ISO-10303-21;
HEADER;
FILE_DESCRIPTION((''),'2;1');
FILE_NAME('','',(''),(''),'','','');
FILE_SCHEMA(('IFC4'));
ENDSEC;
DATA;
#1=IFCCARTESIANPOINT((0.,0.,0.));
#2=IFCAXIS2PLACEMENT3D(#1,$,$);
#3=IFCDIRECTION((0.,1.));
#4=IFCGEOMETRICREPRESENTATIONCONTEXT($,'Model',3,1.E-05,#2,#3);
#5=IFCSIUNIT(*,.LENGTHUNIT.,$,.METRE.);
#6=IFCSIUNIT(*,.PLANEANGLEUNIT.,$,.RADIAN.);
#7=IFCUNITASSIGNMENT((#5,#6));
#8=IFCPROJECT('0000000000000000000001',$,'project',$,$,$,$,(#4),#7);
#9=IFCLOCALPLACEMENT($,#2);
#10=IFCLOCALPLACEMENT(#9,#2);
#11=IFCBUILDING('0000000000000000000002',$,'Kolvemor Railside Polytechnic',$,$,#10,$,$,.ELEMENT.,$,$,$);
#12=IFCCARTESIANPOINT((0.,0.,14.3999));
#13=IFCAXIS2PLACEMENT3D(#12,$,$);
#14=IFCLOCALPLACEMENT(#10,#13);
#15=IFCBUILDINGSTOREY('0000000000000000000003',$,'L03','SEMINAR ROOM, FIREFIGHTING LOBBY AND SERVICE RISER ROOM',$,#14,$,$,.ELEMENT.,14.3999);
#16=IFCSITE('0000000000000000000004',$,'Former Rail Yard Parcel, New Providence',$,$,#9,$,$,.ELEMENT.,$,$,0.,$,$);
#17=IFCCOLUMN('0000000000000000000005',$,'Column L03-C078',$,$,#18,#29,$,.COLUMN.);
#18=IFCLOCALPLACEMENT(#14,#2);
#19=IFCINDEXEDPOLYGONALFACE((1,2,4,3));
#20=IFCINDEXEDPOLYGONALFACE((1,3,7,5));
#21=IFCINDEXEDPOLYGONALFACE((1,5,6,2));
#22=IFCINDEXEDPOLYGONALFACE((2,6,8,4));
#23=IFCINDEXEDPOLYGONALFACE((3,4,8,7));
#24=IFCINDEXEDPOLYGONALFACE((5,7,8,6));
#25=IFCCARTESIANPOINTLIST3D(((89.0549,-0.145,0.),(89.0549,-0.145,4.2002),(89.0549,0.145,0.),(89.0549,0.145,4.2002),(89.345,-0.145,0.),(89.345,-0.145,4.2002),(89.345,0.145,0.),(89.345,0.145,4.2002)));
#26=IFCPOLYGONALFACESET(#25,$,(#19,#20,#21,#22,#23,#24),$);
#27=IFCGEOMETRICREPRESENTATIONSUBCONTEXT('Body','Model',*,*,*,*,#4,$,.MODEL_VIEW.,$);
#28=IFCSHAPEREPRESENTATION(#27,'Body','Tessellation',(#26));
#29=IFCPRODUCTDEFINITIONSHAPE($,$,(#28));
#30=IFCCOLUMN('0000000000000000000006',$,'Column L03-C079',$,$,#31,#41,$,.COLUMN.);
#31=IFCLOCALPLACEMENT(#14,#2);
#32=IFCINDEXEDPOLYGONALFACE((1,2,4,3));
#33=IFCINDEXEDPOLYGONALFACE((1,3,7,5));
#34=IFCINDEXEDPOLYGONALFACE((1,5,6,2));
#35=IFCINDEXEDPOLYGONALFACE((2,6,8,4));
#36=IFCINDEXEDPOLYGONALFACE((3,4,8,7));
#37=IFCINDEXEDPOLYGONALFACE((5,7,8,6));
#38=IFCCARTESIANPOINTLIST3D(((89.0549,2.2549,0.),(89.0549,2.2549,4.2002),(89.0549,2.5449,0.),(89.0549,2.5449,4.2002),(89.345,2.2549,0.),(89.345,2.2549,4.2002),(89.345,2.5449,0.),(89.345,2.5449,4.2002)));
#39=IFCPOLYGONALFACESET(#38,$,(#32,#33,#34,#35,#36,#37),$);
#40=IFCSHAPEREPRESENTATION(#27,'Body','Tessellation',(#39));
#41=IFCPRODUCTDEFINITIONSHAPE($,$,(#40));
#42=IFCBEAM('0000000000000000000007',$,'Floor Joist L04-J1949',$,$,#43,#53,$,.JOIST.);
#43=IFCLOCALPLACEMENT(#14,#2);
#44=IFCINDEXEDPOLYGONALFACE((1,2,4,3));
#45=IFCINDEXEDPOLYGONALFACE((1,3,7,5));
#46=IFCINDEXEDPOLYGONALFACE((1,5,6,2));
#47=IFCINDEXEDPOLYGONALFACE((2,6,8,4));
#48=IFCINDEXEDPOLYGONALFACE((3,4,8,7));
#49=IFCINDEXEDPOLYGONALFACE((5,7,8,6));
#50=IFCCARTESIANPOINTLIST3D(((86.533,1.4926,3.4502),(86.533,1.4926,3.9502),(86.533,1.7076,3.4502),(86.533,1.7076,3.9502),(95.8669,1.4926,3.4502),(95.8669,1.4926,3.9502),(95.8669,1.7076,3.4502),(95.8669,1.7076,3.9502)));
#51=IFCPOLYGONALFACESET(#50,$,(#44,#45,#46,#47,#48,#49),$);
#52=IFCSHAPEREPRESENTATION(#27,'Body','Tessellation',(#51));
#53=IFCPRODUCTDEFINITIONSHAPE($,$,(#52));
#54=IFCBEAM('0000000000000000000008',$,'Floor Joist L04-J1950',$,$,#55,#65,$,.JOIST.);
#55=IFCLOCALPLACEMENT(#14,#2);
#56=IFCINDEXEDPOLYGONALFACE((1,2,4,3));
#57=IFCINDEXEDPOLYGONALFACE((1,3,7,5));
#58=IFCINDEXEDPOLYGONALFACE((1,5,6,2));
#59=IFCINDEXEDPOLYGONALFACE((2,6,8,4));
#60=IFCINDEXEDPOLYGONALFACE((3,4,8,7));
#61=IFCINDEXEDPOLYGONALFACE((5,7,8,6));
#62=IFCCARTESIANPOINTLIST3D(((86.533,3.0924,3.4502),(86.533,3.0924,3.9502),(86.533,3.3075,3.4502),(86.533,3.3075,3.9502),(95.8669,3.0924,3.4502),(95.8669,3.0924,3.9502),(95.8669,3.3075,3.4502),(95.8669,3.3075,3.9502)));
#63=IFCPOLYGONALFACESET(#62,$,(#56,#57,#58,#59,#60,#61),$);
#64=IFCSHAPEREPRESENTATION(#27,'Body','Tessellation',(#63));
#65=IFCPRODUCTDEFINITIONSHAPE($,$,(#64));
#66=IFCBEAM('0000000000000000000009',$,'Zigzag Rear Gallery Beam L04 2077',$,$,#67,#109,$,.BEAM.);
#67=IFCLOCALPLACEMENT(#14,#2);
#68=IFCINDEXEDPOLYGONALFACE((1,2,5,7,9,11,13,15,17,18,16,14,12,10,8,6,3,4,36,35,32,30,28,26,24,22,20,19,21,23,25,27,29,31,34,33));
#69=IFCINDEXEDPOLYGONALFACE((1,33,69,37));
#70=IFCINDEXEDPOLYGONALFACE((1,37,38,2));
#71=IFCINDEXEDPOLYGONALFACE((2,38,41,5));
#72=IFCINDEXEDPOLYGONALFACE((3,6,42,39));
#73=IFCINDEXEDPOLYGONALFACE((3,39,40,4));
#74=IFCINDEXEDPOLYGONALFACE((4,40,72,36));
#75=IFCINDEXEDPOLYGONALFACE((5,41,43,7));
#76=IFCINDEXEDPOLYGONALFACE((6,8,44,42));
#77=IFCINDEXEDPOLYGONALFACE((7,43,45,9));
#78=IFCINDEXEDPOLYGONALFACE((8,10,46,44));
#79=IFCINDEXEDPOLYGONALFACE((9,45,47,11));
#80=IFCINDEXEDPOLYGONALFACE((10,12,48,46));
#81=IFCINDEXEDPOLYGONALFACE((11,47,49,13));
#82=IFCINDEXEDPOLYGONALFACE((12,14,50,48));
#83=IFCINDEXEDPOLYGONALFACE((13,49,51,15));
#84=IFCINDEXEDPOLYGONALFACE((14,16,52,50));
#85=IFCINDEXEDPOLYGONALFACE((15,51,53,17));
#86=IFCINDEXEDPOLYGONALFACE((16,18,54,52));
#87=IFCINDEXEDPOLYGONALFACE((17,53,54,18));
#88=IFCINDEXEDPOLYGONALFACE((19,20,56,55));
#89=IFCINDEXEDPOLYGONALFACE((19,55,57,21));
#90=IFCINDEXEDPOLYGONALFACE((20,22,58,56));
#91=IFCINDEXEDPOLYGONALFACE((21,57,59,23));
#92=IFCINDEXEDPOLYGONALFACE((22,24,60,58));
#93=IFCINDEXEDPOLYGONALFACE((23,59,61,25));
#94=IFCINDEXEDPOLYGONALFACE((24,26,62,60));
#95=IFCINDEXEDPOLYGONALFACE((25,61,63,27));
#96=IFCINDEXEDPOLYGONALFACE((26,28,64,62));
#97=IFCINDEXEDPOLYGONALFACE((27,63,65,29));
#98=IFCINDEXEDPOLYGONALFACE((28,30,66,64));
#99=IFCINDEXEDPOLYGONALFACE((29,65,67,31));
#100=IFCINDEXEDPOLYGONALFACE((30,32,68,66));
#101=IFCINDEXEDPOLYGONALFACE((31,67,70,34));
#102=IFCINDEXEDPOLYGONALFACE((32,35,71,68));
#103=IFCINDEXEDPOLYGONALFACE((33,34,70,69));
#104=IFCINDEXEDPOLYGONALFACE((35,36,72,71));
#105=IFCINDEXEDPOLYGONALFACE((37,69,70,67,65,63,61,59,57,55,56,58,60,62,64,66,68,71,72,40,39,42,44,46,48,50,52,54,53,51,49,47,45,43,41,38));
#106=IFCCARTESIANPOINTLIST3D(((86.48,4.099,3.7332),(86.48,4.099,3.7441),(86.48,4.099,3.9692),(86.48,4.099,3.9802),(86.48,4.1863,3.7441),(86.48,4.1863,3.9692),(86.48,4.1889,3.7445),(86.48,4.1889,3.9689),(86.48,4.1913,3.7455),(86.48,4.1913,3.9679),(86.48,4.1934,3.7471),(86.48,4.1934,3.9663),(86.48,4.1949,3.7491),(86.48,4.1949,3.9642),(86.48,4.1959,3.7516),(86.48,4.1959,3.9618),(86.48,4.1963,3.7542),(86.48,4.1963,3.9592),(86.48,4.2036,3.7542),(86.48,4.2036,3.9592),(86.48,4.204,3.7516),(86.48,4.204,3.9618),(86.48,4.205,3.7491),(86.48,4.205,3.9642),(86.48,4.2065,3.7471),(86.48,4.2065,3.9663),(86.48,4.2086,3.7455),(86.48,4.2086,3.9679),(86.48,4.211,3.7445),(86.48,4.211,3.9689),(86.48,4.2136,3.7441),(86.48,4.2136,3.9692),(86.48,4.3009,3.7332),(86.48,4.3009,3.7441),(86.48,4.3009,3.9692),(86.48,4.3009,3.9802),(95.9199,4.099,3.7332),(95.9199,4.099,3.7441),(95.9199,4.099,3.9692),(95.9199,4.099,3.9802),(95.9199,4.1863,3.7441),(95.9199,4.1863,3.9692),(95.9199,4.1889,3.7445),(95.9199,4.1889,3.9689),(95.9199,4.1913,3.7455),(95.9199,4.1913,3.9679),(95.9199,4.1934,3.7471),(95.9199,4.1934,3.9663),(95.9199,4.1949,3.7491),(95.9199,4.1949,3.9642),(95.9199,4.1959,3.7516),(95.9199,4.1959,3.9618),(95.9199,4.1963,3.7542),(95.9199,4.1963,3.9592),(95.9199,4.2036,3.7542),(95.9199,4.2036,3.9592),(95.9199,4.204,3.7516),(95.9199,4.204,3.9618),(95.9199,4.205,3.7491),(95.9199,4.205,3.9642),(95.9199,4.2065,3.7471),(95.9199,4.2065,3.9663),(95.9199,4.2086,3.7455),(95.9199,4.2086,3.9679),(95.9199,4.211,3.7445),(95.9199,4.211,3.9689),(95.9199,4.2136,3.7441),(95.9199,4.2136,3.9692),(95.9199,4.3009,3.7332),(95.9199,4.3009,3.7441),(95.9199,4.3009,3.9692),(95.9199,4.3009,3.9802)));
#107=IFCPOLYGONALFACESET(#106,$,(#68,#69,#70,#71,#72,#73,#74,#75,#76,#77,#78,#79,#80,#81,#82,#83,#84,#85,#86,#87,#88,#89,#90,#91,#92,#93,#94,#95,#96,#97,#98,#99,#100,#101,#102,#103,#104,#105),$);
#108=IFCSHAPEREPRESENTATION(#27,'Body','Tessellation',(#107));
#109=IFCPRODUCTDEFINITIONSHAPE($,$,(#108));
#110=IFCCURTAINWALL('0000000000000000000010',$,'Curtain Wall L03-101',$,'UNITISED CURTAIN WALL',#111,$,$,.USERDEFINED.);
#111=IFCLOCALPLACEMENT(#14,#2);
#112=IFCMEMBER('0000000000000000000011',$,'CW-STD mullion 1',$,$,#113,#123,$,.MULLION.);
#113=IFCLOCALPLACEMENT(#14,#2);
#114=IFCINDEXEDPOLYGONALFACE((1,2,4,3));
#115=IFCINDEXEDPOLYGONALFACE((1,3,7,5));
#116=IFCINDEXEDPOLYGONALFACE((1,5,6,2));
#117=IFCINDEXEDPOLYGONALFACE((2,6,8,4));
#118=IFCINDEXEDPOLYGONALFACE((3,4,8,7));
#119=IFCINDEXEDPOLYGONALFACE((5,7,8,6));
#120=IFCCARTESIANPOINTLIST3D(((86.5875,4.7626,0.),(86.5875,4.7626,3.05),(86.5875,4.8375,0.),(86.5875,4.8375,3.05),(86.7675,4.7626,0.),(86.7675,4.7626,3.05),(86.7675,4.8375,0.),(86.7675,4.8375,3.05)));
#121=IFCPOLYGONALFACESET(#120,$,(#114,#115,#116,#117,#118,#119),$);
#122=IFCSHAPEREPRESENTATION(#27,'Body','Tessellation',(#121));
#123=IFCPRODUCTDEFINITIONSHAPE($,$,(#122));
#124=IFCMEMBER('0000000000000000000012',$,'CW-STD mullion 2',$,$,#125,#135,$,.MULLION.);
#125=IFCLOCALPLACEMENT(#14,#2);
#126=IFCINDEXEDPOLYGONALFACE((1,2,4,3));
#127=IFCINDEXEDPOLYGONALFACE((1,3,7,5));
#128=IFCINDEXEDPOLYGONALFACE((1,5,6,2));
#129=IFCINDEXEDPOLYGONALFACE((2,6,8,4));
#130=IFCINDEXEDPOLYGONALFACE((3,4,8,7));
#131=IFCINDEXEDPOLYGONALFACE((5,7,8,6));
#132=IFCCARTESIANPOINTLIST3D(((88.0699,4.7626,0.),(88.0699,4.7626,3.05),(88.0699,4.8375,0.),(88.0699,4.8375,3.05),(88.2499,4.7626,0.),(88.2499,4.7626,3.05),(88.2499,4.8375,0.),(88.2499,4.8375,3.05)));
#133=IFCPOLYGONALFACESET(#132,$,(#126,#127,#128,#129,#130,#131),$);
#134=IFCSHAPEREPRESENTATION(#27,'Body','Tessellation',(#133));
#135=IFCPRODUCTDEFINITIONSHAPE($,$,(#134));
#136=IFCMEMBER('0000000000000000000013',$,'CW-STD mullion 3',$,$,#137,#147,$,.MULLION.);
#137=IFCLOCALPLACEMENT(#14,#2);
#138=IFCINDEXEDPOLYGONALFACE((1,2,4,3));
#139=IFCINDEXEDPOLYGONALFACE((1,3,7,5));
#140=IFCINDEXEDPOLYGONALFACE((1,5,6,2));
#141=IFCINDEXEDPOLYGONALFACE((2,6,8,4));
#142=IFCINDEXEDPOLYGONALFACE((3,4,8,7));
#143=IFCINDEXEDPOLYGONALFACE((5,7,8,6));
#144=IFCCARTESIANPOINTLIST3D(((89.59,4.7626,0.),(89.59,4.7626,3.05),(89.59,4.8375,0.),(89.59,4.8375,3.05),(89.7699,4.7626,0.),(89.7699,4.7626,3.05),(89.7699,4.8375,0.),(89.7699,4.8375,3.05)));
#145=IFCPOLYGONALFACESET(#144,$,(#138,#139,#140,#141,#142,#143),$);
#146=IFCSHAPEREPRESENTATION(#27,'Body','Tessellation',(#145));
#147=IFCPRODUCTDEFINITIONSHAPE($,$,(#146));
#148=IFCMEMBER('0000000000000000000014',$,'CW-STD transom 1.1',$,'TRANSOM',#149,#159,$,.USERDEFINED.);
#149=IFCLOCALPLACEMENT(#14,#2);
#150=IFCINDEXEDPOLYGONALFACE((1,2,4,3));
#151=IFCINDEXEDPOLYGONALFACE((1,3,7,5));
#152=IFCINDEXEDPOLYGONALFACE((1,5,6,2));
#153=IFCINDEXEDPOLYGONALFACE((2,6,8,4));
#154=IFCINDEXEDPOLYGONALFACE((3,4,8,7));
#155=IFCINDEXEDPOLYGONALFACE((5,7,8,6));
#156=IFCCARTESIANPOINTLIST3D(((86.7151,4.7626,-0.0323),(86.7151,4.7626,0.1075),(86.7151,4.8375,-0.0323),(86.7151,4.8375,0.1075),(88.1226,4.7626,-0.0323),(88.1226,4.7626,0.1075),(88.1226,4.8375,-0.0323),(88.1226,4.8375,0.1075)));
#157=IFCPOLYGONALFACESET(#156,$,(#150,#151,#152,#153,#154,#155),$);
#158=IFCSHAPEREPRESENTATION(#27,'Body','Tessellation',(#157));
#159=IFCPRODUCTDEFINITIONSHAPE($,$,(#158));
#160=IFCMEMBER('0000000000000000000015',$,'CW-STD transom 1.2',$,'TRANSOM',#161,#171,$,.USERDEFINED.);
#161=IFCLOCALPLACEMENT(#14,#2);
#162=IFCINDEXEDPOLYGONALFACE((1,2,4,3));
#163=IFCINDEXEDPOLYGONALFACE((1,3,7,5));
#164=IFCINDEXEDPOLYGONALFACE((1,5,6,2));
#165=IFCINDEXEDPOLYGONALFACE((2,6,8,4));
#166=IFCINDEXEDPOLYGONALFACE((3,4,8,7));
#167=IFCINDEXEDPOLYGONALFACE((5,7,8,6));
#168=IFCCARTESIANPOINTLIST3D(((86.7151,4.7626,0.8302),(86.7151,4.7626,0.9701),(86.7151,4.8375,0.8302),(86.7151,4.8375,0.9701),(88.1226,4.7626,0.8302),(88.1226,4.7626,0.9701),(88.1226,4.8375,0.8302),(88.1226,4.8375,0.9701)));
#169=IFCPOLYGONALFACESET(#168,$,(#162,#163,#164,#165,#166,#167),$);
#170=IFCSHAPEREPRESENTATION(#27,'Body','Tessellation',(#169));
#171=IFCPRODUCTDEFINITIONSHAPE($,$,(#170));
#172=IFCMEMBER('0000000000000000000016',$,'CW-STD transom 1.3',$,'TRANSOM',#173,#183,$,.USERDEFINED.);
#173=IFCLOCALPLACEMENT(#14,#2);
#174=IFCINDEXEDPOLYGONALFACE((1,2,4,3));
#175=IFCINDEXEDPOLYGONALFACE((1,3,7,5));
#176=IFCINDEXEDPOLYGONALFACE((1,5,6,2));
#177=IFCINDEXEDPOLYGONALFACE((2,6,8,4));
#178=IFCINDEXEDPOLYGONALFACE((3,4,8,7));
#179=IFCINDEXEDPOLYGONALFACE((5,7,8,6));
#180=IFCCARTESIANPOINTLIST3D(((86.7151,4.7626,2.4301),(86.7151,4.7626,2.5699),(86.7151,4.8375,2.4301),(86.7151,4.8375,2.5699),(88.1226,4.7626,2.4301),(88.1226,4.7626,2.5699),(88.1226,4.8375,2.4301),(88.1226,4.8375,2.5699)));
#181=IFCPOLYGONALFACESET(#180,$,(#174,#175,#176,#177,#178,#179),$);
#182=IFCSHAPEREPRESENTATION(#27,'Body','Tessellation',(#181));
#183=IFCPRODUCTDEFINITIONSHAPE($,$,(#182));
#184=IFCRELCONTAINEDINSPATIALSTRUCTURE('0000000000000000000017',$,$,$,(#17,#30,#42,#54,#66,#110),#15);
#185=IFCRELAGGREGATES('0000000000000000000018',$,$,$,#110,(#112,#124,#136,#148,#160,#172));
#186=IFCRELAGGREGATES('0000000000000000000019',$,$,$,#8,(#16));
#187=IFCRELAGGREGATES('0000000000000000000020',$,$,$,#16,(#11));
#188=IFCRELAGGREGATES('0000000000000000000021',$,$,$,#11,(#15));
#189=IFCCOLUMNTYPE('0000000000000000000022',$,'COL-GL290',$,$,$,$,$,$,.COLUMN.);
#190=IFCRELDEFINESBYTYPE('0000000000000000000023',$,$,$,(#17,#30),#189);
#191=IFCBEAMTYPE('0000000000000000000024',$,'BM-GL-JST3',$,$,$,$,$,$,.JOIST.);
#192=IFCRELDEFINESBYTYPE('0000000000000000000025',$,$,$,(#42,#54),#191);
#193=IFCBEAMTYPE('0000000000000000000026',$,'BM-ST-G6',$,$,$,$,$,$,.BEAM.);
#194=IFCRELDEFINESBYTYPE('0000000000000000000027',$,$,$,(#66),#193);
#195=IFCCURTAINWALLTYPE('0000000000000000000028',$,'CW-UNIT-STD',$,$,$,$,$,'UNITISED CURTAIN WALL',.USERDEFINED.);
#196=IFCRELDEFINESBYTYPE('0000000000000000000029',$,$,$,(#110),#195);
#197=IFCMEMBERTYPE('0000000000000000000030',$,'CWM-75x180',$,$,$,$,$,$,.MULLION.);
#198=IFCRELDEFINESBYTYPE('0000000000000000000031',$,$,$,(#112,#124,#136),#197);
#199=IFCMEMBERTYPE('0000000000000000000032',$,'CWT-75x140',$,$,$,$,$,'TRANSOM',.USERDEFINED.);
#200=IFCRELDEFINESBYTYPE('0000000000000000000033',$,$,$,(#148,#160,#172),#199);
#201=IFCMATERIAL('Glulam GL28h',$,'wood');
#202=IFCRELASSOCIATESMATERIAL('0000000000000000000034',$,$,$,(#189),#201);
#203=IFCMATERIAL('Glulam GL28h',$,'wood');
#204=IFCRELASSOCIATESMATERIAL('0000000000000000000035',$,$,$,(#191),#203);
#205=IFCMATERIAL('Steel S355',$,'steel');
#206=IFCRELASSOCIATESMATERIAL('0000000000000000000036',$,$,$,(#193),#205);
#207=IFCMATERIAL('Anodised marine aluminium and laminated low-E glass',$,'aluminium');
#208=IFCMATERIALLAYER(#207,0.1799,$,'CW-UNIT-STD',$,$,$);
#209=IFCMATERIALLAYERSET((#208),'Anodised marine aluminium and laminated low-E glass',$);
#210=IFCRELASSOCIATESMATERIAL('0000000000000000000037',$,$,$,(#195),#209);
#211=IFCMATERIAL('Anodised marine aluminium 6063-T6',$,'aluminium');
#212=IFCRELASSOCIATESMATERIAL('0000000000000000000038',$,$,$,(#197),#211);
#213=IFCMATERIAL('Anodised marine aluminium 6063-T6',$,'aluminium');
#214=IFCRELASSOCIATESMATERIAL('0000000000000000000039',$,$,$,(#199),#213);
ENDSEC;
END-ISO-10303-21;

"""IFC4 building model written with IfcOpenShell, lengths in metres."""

from ifc_helpers import new_model, si_unit, direction, frame, origin, origin_2d, place, context, subcontext, project, spatial, rectangle, i_section, extrude, material, layer, layer_set, material_profile, profile_set, type_object, element, aggregate, save


model = new_model("IFC4")

# Units and contexts
model_context = context("Model", 3, precision=1e-05, world=origin(), true_north=direction((0.0, 1.0)))
body_context = subcontext(model_context, "Body", "Model", "MODEL_VIEW")
ifc_project = project(units=[si_unit("LENGTHUNIT", "METRE"), si_unit("PLANEANGLEUNIT", "RADIAN")], contexts=[model_context])

# Site, building, storey
site_placement = place(None, origin())
site = spatial("IfcSite", under=ifc_project, at=site_placement, Name="Former Rail Yard Parcel, New Providence", CompositionType="ELEMENT", RefElevation=0.0)
building_placement = place(site_placement, origin())
building = spatial("IfcBuilding", under=site, at=building_placement, Name="Kolvemor Railside Polytechnic", CompositionType="ELEMENT")
storey_placement = place(building_placement, frame((0.0, 0.0, 14.3999)))
storey = spatial("IfcBuildingStorey", under=building, at=storey_placement, Name="L03", Description="SEMINAR ROOM, FIREFIGHTING LOBBY AND SERVICE RISER ROOM", CompositionType="ELEMENT", Elevation=14.3999)

# Columns
ifc_material_1 = material(Name="Glulam GL28h", Category="wood")
ifc_material_profile_1 = material_profile(ifc_material_1, rectangle(XDim=0.29, YDim=0.29, at=origin_2d()), Name="GL290x290")
ifc_profile_set_1 = profile_set([ifc_material_profile_1], Name="Glulam GL28h")
column_type = type_object("IfcColumnType", Name="COL-GL290", PredefinedType="COLUMN", material=ifc_profile_set_1)
for number, where, z_axis, x_axis, name in (
    (1, (89.2, 0.0, 0.0), (0.0, 0.0, 1.0), (1.0, 0.0, 0.0), "Column L03-C078"),
    (2, (89.2, 2.3999, 0.0), (0.0, 0.0, 1.0), (1.0, 0.0, 0.0), "Column L03-C079"),
):
    element("IfcColumn", number, at=place(storey_placement, frame(where, z_axis=z_axis, x_axis=x_axis)), inside=storey, type_object=column_type, Name=name, PredefinedType="COLUMN", context=body_context, shape_type="SweptSolid", body=[
        extrude(rectangle(XDim=0.29, YDim=0.29, at=origin_2d()), origin(), (0.0, 0.0, 1.0), 4.2002),
    ])

# Beams
ifc_material_2 = material(Name="Glulam GL28h", Category="wood")
ifc_material_profile_2 = material_profile(ifc_material_2, rectangle(XDim=0.2151, YDim=0.5, at=origin_2d()), Name="GL215x500")
ifc_profile_set_2 = profile_set([ifc_material_profile_2], Name="Glulam GL28h")
beam_type_1 = type_object("IfcBeamType", Name="BM-GL-JST3", PredefinedType="JOIST", material=ifc_profile_set_2)
for number, where, z_axis, x_axis, name in (
    (3, (86.533, 1.6001, 3.7002), (1.0, 0.0, 0.0), (0.0, 1.0, 0.0), "Floor Joist L04-J1949"),
    (4, (86.533, 3.2, 3.7002), (1.0, 0.0, 0.0), (0.0, 1.0, 0.0), "Floor Joist L04-J1950"),
):
    element("IfcBeam", number, at=place(storey_placement, frame(where, z_axis=z_axis, x_axis=x_axis)), inside=storey, type_object=beam_type_1, Name=name, PredefinedType="JOIST", context=body_context, shape_type="SweptSolid", body=[
        extrude(rectangle(XDim=0.2151, YDim=0.5, at=origin_2d()), origin(), (0.0, 0.0, 1.0), 9.334),
    ])
ifc_material_3 = material(Name="Steel S355", Category="steel")
ifc_material_profile_3 = material_profile(ifc_material_3, i_section(OverallWidth=0.2019, OverallDepth=0.2471, WebThickness=0.0073, FlangeThickness=0.011, FilletRadius=0.01, at=origin_2d()), Name="W250x49")
ifc_profile_set_3 = profile_set([ifc_material_profile_3], Name="Steel S355")
beam_type_2 = type_object("IfcBeamType", Name="BM-ST-G6", PredefinedType="BEAM", material=ifc_profile_set_3)
beam_placement = place(storey_placement, frame((86.48, 4.2, 3.8567), z_axis=(1.0, 0.0, 0.0), x_axis=(0.0, 1.0, 0.0)))
element("IfcBeam", 5, at=beam_placement, inside=storey, type_object=beam_type_2, Name="Zigzag Rear Gallery Beam L04 2077", PredefinedType="BEAM", context=body_context, shape_type="SweptSolid", body=[
    extrude(i_section(OverallWidth=0.2019, OverallDepth=0.2471, WebThickness=0.0073, FlangeThickness=0.011, FilletRadius=0.01, at=origin_2d()), origin(), (0.0, 0.0, 1.0), 9.4399),
])

# Curtain wall, members
ifc_material_4 = material(Name="Anodised marine aluminium and laminated low-E glass", Category="aluminium")
ifc_layer_1 = layer(ifc_material_4, 0.1799, Name="CW-UNIT-STD")
ifc_layer_set_1 = layer_set([ifc_layer_1], Name="Anodised marine aluminium and laminated low-E glass")
curtain_wall_type = type_object("IfcCurtainWallType", Name="CW-UNIT-STD", ElementType="UNITISED CURTAIN WALL", PredefinedType="USERDEFINED", material=ifc_layer_set_1)
curtain_wall_placement = place(storey_placement, origin())
curtain_wall = element("IfcCurtainWall", 6, at=curtain_wall_placement, inside=storey, type_object=curtain_wall_type, Name="Curtain Wall L03-101", ObjectType="UNITISED CURTAIN WALL", PredefinedType="USERDEFINED")
ifc_material_5 = material(Name="Anodised marine aluminium 6063-T6", Category="aluminium")
ifc_material_profile_4 = material_profile(ifc_material_5, rectangle(XDim=0.075, YDim=0.1799, at=origin_2d()), Name="CW-MUL-75x180")
ifc_profile_set_4 = profile_set([ifc_material_profile_4], Name="Anodised marine aluminium 6063-T6")
member_type_1 = type_object("IfcMemberType", Name="CWM-75x180", PredefinedType="MULLION", material=ifc_profile_set_4)
member_1_placement = place(storey_placement, frame((86.6775, 4.8, 0.0), z_axis=(0.0, 0.0, 1.0), x_axis=(0.0, 1.0, 0.0)))
member_1 = element("IfcMember", 7, at=member_1_placement, type_object=member_type_1, Name="CW-STD mullion 1", PredefinedType="MULLION", context=body_context, shape_type="SweptSolid", body=[
    extrude(rectangle(XDim=0.075, YDim=0.1799, at=origin_2d()), origin(), (0.0, 0.0, 1.0), 3.05),
])
member_2_placement = place(storey_placement, frame((88.1599, 4.8, 0.0), z_axis=(0.0, 0.0, 1.0), x_axis=(0.0, 1.0, 0.0)))
member_2 = element("IfcMember", 8, at=member_2_placement, type_object=member_type_1, Name="CW-STD mullion 2", PredefinedType="MULLION", context=body_context, shape_type="SweptSolid", body=[
    extrude(rectangle(XDim=0.075, YDim=0.1799, at=origin_2d()), origin(), (0.0, 0.0, 1.0), 3.05),
])
member_3_placement = place(storey_placement, frame((89.6799, 4.8, 0.0), z_axis=(0.0, 0.0, 1.0), x_axis=(0.0, 1.0, 0.0)))
member_3 = element("IfcMember", 9, at=member_3_placement, type_object=member_type_1, Name="CW-STD mullion 3", PredefinedType="MULLION", context=body_context, shape_type="SweptSolid", body=[
    extrude(rectangle(XDim=0.075, YDim=0.1799, at=origin_2d()), origin(), (0.0, 0.0, 1.0), 3.05),
])
ifc_material_6 = material(Name="Anodised marine aluminium 6063-T6", Category="aluminium")
ifc_material_profile_5 = material_profile(ifc_material_6, rectangle(XDim=0.075, YDim=0.1399, at=origin_2d()), Name="CW-TRN-75x140")
ifc_profile_set_5 = profile_set([ifc_material_profile_5], Name="Anodised marine aluminium 6063-T6")
member_type_2 = type_object("IfcMemberType", Name="CWT-75x140", ElementType="TRANSOM", PredefinedType="USERDEFINED", material=ifc_profile_set_5)
member_4_placement = place(storey_placement, frame((86.7151, 4.8, 0.0376), z_axis=(1.0, 0.0, 0.0), x_axis=(0.0, 1.0, 0.0)))
member_4 = element("IfcMember", 10, at=member_4_placement, type_object=member_type_2, Name="CW-STD transom 1.1", ObjectType="TRANSOM", PredefinedType="USERDEFINED", context=body_context, shape_type="SweptSolid", body=[
    extrude(rectangle(XDim=0.075, YDim=0.1399, at=origin_2d()), origin(), (0.0, 0.0, 1.0), 1.4075),
])
member_5_placement = place(storey_placement, frame((86.7151, 4.8, 0.9001), z_axis=(1.0, 0.0, 0.0), x_axis=(0.0, 1.0, 0.0)))
member_5 = element("IfcMember", 11, at=member_5_placement, type_object=member_type_2, Name="CW-STD transom 1.2", ObjectType="TRANSOM", PredefinedType="USERDEFINED", context=body_context, shape_type="SweptSolid", body=[
    extrude(rectangle(XDim=0.075, YDim=0.1399, at=origin_2d()), origin(), (0.0, 0.0, 1.0), 1.4075),
])
member_6_placement = place(storey_placement, frame((86.7151, 4.8, 2.5), z_axis=(1.0, 0.0, 0.0), x_axis=(0.0, 1.0, 0.0)))
member_6 = element("IfcMember", 12, at=member_6_placement, type_object=member_type_2, Name="CW-STD transom 1.3", ObjectType="TRANSOM", PredefinedType="USERDEFINED", context=body_context, shape_type="SweptSolid", body=[
    extrude(rectangle(XDim=0.075, YDim=0.1399, at=origin_2d()), origin(), (0.0, 0.0, 1.0), 1.4075),
])
aggregate(curtain_wall, [member_1, member_2, member_3, member_4, member_5, member_6])

save(model, "model.ifc")
